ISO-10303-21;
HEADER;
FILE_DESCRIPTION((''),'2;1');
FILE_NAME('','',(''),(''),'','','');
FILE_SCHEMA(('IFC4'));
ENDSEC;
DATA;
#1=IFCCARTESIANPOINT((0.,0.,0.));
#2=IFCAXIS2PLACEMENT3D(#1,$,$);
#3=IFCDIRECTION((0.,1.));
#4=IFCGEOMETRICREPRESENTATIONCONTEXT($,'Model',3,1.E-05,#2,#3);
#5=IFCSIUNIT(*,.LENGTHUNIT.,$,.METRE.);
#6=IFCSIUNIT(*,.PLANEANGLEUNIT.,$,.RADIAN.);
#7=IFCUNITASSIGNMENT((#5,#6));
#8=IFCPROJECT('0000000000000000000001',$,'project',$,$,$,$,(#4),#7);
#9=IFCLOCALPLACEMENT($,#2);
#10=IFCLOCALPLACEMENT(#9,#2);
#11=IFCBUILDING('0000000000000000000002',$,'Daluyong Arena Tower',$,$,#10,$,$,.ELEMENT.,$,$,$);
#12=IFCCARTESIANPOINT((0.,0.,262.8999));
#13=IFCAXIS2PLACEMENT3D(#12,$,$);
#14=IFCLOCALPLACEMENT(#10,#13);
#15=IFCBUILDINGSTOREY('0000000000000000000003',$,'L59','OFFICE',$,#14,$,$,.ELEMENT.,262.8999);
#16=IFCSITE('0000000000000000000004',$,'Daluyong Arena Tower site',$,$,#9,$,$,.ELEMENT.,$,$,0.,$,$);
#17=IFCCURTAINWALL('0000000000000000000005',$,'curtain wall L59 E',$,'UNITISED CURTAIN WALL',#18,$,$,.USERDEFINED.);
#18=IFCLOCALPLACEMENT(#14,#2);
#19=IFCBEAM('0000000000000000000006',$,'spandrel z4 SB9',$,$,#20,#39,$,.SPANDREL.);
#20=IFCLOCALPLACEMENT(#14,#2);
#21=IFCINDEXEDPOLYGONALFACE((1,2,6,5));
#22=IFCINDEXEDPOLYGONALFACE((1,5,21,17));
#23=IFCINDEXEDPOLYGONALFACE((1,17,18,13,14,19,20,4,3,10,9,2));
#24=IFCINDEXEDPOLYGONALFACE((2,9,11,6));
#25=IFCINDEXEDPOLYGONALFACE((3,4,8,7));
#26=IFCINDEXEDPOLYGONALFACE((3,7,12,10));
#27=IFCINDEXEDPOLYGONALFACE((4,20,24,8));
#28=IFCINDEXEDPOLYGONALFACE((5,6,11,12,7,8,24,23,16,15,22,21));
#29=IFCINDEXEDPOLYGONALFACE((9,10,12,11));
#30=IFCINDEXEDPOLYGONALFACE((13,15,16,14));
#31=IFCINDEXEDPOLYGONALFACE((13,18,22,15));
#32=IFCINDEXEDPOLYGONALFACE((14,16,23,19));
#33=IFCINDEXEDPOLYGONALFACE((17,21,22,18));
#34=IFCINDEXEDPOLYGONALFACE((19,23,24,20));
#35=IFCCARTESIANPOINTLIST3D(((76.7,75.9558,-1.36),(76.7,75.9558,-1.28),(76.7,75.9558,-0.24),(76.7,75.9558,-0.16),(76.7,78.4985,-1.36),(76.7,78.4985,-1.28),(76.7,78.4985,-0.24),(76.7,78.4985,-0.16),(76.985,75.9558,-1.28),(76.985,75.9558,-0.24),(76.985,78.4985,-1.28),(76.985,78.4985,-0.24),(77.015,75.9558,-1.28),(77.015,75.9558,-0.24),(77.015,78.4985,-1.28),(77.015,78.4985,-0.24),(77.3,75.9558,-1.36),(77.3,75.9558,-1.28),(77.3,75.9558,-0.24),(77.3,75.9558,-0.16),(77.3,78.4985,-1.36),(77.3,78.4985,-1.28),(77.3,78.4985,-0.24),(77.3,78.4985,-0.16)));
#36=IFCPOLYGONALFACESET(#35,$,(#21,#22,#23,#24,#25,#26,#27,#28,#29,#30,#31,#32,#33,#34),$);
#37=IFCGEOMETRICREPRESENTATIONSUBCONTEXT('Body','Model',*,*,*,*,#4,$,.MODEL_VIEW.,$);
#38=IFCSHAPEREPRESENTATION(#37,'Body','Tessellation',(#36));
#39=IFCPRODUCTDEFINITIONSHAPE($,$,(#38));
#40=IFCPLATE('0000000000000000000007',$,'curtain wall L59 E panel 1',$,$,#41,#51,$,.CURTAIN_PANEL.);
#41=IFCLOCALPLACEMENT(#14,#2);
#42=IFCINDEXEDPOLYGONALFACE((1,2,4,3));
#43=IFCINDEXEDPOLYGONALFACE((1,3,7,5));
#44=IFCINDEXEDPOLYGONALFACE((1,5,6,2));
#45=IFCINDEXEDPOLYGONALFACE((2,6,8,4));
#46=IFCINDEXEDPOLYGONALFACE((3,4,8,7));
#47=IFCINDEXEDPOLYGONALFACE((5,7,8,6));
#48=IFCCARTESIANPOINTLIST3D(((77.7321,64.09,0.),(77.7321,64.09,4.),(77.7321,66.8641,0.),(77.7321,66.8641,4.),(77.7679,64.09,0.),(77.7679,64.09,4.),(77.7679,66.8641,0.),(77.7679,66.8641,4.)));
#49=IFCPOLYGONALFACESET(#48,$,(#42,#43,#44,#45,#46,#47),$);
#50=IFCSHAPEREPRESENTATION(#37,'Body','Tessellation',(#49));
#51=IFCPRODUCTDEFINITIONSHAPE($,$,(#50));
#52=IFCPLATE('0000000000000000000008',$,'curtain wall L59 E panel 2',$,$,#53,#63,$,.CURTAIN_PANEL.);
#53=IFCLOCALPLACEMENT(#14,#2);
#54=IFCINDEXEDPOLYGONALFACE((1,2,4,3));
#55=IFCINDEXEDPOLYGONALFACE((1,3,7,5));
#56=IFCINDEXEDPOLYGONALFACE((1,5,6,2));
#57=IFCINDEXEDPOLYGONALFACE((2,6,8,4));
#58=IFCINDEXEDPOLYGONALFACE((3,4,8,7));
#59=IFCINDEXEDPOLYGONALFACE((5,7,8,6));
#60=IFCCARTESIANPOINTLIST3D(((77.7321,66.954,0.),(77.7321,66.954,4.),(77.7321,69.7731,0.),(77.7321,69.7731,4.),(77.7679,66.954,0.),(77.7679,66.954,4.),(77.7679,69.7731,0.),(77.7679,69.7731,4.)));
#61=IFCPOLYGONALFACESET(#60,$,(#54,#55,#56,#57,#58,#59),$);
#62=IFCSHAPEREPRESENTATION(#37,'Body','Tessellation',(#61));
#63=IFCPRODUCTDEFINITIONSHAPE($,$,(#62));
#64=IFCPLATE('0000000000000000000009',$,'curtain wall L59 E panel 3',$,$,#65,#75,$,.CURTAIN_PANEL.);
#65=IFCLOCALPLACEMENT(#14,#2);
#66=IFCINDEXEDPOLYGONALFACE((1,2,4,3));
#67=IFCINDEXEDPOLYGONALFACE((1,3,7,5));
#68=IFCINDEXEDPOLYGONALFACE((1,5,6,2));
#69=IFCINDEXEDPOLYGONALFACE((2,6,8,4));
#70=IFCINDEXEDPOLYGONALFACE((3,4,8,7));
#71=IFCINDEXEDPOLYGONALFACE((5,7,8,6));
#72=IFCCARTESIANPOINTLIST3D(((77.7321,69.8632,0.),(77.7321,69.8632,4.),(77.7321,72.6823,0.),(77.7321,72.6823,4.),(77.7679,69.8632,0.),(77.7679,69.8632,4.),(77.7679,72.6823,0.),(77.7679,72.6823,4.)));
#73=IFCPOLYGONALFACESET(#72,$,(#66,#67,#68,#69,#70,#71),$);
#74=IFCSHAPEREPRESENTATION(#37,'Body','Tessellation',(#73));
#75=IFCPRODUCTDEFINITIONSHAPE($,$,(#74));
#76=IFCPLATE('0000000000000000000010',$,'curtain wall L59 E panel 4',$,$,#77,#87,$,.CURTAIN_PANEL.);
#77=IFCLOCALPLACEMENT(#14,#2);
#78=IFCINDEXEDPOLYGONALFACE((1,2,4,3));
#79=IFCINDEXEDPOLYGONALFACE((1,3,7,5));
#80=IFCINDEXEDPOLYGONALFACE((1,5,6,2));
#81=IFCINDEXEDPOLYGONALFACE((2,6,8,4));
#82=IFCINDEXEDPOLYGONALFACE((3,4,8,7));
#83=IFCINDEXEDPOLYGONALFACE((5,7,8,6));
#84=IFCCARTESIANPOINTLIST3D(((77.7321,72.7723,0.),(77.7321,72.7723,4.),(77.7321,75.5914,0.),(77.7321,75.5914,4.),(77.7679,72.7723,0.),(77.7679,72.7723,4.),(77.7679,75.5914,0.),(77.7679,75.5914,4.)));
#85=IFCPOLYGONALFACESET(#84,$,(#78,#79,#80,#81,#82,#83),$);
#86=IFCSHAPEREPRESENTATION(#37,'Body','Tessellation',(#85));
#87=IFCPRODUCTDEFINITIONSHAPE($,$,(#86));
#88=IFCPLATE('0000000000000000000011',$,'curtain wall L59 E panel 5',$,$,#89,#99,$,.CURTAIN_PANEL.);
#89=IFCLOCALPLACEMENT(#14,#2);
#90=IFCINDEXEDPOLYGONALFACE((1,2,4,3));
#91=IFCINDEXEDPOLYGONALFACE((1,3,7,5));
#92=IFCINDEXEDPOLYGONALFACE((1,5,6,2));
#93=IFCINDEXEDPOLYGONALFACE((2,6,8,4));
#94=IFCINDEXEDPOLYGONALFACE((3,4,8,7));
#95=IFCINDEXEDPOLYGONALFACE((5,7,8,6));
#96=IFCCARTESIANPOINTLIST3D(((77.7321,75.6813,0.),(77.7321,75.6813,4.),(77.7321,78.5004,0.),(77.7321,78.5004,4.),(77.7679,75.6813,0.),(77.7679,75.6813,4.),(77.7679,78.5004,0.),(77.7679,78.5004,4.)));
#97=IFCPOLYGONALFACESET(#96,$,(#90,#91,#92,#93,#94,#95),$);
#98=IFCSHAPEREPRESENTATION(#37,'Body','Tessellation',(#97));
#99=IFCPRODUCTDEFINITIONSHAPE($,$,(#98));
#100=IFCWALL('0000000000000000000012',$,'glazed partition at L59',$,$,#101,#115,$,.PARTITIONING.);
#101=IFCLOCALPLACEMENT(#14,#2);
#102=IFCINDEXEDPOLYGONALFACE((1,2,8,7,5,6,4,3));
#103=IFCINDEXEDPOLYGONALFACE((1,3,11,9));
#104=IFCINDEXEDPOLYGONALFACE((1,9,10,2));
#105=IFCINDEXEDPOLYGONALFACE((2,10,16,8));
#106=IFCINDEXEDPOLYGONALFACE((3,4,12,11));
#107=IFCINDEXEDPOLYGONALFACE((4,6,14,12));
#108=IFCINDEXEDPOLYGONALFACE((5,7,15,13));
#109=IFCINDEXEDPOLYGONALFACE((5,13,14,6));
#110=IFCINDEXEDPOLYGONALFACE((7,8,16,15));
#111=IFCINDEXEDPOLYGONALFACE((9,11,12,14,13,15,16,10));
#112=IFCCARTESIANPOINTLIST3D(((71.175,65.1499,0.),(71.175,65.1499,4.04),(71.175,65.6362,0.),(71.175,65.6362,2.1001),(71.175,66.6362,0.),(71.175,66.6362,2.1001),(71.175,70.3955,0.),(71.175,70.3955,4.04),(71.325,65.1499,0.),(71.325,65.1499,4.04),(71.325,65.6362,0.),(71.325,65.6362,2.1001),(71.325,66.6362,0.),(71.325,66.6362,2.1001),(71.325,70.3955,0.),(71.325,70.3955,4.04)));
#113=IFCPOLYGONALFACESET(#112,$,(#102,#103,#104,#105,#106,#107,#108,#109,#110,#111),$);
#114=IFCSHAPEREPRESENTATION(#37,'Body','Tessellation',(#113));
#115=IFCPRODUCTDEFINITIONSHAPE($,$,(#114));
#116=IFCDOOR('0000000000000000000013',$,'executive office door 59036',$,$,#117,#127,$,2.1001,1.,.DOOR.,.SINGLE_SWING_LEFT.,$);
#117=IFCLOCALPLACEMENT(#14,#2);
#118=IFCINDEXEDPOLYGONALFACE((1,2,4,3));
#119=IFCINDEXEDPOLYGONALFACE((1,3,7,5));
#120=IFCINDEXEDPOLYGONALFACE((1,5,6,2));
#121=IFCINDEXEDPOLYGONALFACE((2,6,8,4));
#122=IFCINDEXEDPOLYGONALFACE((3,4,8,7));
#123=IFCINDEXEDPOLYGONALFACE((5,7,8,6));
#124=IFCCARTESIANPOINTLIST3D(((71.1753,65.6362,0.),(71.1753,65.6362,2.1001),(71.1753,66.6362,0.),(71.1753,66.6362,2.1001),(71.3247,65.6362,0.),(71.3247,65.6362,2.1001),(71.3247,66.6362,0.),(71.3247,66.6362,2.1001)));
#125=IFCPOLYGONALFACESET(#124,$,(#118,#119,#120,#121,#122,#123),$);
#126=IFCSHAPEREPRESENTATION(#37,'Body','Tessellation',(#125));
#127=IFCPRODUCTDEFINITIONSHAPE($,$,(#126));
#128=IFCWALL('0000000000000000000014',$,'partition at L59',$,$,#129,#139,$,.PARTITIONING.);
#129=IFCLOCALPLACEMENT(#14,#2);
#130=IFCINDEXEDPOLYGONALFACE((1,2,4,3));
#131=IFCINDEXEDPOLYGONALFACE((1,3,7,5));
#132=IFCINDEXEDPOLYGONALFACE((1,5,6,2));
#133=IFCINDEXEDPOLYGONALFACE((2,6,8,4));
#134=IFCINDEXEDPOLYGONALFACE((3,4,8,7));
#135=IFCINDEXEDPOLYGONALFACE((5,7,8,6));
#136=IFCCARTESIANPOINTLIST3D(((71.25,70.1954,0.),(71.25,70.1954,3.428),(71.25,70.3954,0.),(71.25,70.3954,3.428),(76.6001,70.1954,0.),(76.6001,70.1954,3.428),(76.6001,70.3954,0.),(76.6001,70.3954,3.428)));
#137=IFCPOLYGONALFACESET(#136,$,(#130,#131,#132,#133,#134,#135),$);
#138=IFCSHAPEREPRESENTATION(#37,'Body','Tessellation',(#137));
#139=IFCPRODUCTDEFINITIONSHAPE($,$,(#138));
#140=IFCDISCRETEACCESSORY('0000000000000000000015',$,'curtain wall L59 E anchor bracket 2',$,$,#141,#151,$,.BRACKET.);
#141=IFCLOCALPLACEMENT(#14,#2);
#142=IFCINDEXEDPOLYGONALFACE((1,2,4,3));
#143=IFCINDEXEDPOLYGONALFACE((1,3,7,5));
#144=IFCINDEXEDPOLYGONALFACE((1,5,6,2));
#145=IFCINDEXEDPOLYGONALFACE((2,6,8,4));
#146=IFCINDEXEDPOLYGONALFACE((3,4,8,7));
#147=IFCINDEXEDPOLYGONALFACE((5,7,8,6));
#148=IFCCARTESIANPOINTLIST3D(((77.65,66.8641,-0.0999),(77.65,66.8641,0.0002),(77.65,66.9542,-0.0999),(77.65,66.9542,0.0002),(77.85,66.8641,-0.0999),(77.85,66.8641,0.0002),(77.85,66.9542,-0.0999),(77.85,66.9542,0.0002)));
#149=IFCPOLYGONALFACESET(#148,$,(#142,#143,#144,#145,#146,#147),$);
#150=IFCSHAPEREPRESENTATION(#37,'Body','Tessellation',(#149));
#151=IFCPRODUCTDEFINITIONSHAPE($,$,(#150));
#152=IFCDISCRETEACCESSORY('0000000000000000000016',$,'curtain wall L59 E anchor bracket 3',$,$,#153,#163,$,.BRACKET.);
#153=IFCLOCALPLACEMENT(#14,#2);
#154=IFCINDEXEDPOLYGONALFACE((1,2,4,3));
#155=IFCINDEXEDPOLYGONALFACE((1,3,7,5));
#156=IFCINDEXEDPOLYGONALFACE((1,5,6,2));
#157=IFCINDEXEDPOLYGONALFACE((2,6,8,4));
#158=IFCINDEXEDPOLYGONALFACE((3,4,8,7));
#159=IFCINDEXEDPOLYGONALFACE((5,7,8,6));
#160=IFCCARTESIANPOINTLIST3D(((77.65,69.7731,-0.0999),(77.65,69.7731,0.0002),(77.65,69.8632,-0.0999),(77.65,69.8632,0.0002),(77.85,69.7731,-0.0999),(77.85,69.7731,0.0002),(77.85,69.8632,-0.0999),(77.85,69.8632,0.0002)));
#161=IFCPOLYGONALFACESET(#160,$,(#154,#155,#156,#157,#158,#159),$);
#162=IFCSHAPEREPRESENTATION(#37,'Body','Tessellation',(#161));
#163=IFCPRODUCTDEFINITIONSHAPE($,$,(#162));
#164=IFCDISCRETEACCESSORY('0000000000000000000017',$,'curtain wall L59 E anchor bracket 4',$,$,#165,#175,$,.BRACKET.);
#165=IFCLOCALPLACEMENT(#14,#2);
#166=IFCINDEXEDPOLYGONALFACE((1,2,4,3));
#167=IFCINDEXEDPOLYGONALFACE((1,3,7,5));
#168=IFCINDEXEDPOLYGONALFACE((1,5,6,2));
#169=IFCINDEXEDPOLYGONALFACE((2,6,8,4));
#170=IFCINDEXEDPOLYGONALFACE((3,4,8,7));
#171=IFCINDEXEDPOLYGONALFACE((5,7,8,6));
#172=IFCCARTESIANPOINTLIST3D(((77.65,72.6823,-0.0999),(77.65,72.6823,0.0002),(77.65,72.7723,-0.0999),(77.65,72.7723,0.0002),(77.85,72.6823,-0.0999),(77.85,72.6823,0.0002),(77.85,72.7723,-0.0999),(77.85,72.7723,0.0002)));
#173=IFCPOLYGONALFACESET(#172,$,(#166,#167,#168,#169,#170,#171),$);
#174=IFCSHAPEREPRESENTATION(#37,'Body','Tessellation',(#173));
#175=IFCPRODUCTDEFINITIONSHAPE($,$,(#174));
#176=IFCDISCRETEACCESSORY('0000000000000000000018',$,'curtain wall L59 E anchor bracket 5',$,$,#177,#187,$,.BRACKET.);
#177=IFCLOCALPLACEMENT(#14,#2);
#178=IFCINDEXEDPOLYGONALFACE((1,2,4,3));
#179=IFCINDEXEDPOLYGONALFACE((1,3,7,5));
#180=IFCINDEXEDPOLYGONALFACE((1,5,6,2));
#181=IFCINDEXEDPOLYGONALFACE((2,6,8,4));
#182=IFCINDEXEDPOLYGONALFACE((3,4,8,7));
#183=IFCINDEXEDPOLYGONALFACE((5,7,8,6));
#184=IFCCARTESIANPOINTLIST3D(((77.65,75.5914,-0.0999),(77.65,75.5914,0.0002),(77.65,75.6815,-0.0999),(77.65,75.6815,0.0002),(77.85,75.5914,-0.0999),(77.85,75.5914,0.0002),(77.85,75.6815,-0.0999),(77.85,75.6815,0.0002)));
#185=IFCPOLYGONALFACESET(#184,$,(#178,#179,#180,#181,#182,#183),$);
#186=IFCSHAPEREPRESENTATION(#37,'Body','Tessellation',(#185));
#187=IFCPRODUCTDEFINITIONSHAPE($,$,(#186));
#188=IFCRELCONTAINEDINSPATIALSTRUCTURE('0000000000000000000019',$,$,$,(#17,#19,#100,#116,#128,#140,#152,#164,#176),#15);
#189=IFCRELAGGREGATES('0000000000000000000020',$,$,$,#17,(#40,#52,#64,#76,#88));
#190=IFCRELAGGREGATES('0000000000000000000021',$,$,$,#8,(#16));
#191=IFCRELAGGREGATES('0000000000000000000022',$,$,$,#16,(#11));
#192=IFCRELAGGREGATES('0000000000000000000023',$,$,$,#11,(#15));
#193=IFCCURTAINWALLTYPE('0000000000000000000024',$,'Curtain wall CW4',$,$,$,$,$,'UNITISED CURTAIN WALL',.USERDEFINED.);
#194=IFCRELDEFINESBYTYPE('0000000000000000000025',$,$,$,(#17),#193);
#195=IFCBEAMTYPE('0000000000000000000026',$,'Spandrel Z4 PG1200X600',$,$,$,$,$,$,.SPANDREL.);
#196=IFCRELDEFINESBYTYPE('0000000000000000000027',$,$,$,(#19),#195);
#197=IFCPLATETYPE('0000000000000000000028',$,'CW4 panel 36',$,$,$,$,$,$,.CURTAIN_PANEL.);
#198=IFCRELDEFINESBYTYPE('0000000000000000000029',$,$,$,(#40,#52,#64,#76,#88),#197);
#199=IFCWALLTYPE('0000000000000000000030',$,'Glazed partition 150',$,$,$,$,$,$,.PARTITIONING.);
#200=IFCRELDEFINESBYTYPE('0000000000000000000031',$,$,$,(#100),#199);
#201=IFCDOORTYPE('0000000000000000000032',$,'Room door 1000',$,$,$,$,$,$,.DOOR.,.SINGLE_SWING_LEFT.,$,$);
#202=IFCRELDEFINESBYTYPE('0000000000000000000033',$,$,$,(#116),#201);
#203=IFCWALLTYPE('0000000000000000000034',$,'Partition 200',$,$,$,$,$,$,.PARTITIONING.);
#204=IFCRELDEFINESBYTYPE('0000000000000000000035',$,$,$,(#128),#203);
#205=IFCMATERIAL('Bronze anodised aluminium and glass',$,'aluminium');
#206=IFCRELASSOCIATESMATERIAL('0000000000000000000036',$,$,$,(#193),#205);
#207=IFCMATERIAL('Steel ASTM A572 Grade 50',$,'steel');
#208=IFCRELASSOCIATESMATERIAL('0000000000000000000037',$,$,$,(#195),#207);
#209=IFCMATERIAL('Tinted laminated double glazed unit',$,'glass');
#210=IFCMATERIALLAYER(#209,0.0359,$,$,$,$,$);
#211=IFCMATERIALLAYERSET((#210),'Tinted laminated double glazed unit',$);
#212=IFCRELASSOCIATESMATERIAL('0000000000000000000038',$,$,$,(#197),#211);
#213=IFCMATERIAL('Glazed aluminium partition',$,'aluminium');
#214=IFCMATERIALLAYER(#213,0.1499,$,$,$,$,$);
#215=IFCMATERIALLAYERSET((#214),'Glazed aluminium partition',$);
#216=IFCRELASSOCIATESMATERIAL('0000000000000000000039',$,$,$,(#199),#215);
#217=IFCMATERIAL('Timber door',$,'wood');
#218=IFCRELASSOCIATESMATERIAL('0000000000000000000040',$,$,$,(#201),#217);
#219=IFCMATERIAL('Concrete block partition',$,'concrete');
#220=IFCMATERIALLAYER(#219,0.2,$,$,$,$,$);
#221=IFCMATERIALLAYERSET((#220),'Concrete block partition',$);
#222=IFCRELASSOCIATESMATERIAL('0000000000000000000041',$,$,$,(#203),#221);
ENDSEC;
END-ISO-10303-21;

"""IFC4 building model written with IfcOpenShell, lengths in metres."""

from ifc_helpers import new_model, si_unit, direction, frame, frame_2d, origin, origin_2d, place, context, subcontext, project, spatial, rectangle, i_section, extrude, material, layer, layer_set, material_profile, profile_set, type_object, element, fill, aggregate, save


model = new_model("IFC4")

# Units and contexts
model_context = context("Model", 3, precision=1e-05, world=origin(), true_north=direction((0.0, 1.0)))
body_context = subcontext(model_context, "Body", "Model", "MODEL_VIEW")
ifc_project = project(units=[si_unit("LENGTHUNIT", "METRE"), si_unit("PLANEANGLEUNIT", "RADIAN")], contexts=[model_context])

# Site, building, storey
site_placement = place(None, origin())
site = spatial("IfcSite", under=ifc_project, at=site_placement, Name="Daluyong Arena Tower site", CompositionType="ELEMENT", RefElevation=0.0)
building_placement = place(site_placement, origin())
building = spatial("IfcBuilding", under=site, at=building_placement, Name="Daluyong Arena Tower", CompositionType="ELEMENT")
storey_placement = place(building_placement, frame((0.0, 0.0, 262.8999)))
storey = spatial("IfcBuildingStorey", under=building, at=storey_placement, Name="L59", Description="OFFICE", CompositionType="ELEMENT", Elevation=262.8999)

# Curtain wall
ifc_material_1 = material(Name="Bronze anodised aluminium and glass", Category="aluminium")
curtain_wall_type = type_object("IfcCurtainWallType", Name="Curtain wall CW4", ElementType="UNITISED CURTAIN WALL", PredefinedType="USERDEFINED", material=ifc_material_1)
curtain_wall_placement = place(storey_placement, origin())
curtain_wall = element("IfcCurtainWall", 1, at=curtain_wall_placement, inside=storey, type_object=curtain_wall_type, Name="curtain wall L59 E", ObjectType="UNITISED CURTAIN WALL", PredefinedType="USERDEFINED")

# Beam
ifc_material_2 = material(Name="Steel ASTM A572 Grade 50", Category="steel")
ifc_material_profile_1 = material_profile(ifc_material_2, i_section(OverallWidth=0.6001, OverallDepth=1.2, WebThickness=0.03, FlangeThickness=0.08, at=origin_2d()))
ifc_profile_set_1 = profile_set([ifc_material_profile_1], Name="Steel ASTM A572 Grade 50")
beam_type_1 = type_object("IfcBeamType", Name="Spandrel Z4 PG1200X600", PredefinedType="SPANDREL", material=ifc_profile_set_1)
for number, where, z_axis, x_axis, name in (
    (2, (77.0, 75.9558, -0.76), (0.0, 1.0, 0.0), (-1.0, 0.0, 0.0), "spandrel z4 SB9"),
):
    element("IfcBeam", number, at=place(storey_placement, frame(where, z_axis=z_axis, x_axis=x_axis)), inside=storey, type_object=beam_type_1, Name=name, PredefinedType="SPANDREL", context=body_context, shape_type="SweptSolid", body=[
        extrude(i_section(OverallWidth=0.6001, OverallDepth=1.2, WebThickness=0.03, FlangeThickness=0.08, at=origin_2d()), origin(), (0.0, 0.0, 1.0), 2.5427),
    ])

# Plates
ifc_material_3 = material(Name="Tinted laminated double glazed unit", Category="glass")
ifc_layer_1 = layer(ifc_material_3, 0.0359)
ifc_layer_set_1 = layer_set([ifc_layer_1], Name="Tinted laminated double glazed unit")
plate_type = type_object("IfcPlateType", Name="CW4 panel 36", PredefinedType="CURTAIN_PANEL", material=ifc_layer_set_1)
plate_1_placement = place(storey_placement, frame((77.75, 65.4771, 0.0), z_axis=(0.0, 0.0, 1.0), x_axis=(0.0, 1.0, 0.0)))
plate_1 = element("IfcPlate", 3, at=plate_1_placement, type_object=plate_type, Name="curtain wall L59 E panel 1", PredefinedType="CURTAIN_PANEL", context=body_context, shape_type="SweptSolid", body=[
    extrude(rectangle(XDim=2.7742, YDim=0.0359, at=origin_2d()), origin(), (0.0, 0.0, 1.0), 4.0),
])
plate_2_placement = place(storey_placement, frame((77.75, 68.3635, 0.0), z_axis=(0.0, 0.0, 1.0), x_axis=(0.0, 1.0, 0.0)))
plate_2 = element("IfcPlate", 4, at=plate_2_placement, type_object=plate_type, Name="curtain wall L59 E panel 2", PredefinedType="CURTAIN_PANEL", context=body_context, shape_type="SweptSolid", body=[
    extrude(rectangle(XDim=2.8191, YDim=0.0359, at=origin_2d()), origin(), (0.0, 0.0, 1.0), 4.0),
])
plate_3_placement = place(storey_placement, frame((77.75, 71.2727, 0.0), z_axis=(0.0, 0.0, 1.0), x_axis=(0.0, 1.0, 0.0)))
plate_3 = element("IfcPlate", 5, at=plate_3_placement, type_object=plate_type, Name="curtain wall L59 E panel 3", PredefinedType="CURTAIN_PANEL", context=body_context, shape_type="SweptSolid", body=[
    extrude(rectangle(XDim=2.8191, YDim=0.0359, at=origin_2d()), origin(), (0.0, 0.0, 1.0), 4.0),
])
plate_4_placement = place(storey_placement, frame((77.75, 74.1819, 0.0), z_axis=(0.0, 0.0, 1.0), x_axis=(0.0, 1.0, 0.0)))
plate_4 = element("IfcPlate", 6, at=plate_4_placement, type_object=plate_type, Name="curtain wall L59 E panel 4", PredefinedType="CURTAIN_PANEL", context=body_context, shape_type="SweptSolid", body=[
    extrude(rectangle(XDim=2.8191, YDim=0.0359, at=origin_2d()), origin(), (0.0, 0.0, 1.0), 4.0),
])
plate_5_placement = place(storey_placement, frame((77.75, 77.0908, 0.0), z_axis=(0.0, 0.0, 1.0), x_axis=(0.0, 1.0, 0.0)))
plate_5 = element("IfcPlate", 7, at=plate_5_placement, type_object=plate_type, Name="curtain wall L59 E panel 5", PredefinedType="CURTAIN_PANEL", context=body_context, shape_type="SweptSolid", body=[
    extrude(rectangle(XDim=2.8191, YDim=0.0359, at=origin_2d()), origin(), (0.0, 0.0, 1.0), 4.0),
])
aggregate(curtain_wall, [plate_1, plate_2, plate_3, plate_4, plate_5])

# Wall, opening, door
ifc_material_4 = material(Name="Glazed aluminium partition", Category="aluminium")
ifc_layer_2 = layer(ifc_material_4, 0.1499)
ifc_layer_set_2 = layer_set([ifc_layer_2], Name="Glazed aluminium partition")
wall_type_1 = type_object("IfcWallType", Name="Glazed partition 150", PredefinedType="PARTITIONING", material=ifc_layer_set_2)
wall_1_placement = place(storey_placement, frame((71.25, 65.1499, 0.0), z_axis=(0.0, 0.0, 1.0), x_axis=(0.0, 1.0, 0.0)))
wall_1 = element("IfcWall", 8, at=wall_1_placement, inside=storey, type_object=wall_type_1, Name="glazed partition at L59", PredefinedType="PARTITIONING", context=body_context, shape_type="SweptSolid", body=[
    extrude(rectangle(XDim=5.2456, YDim=0.1499, at=frame_2d((2.6228, 0.0))), origin(), (0.0, 0.0, 1.0), 4.04),
])
opening_placement = place(wall_1_placement, frame((0.4863, 0.0, 0.0)))
opening = element("IfcOpeningElement", 9, at=opening_placement, cuts=wall_1, PredefinedType="OPENING", context=body_context, shape_type="SweptSolid", body=[
    extrude(rectangle(XDim=1.0, YDim=2.1001, at=frame_2d((0.5, 1.05))), frame((0.0, 0.085, 0.0), z_axis=(0.0, -1.0, 0.0), x_axis=(1.0, 0.0, 0.0)), (0.0, 0.0, 1.0), 0.1699),
])
ifc_material_5 = material(Name="Timber door", Category="wood")
door_type = type_object("IfcDoorType", Name="Room door 1000", OperationType="SINGLE_SWING_LEFT", PredefinedType="DOOR", material=ifc_material_5)
door_placement = place(opening_placement, origin())
door = element("IfcDoor", 10, at=door_placement, inside=storey, type_object=door_type, Name="executive office door 59036", OperationType="SINGLE_SWING_LEFT", OverallHeight=2.1001, OverallWidth=1.0, PredefinedType="DOOR", context=body_context, shape_type="SweptSolid", body=[
    extrude(rectangle(XDim=1.0, YDim=2.1001, at=frame_2d((0.5, 1.05))), frame((0.0, 0.0747, 0.0), z_axis=(0.0, -1.0, 0.0), x_axis=(1.0, 0.0, 0.0)), (0.0, 0.0, 1.0), 0.1494),
])
fill(opening, door)

# Wall
ifc_material_6 = material(Name="Concrete block partition", Category="concrete")
ifc_layer_3 = layer(ifc_material_6, 0.2)
ifc_layer_set_3 = layer_set([ifc_layer_3], Name="Concrete block partition")
wall_type_2 = type_object("IfcWallType", Name="Partition 200", PredefinedType="PARTITIONING", material=ifc_layer_set_3)
wall_2_placement = place(storey_placement, frame((71.25, 70.2954, 0.0), z_axis=(0.0, 0.0, 1.0), x_axis=(1.0, 0.0, 0.0)))
element("IfcWall", 11, at=wall_2_placement, inside=storey, type_object=wall_type_2, Name="partition at L59", PredefinedType="PARTITIONING", context=body_context, shape_type="SweptSolid", body=[
    extrude(rectangle(XDim=5.3501, YDim=0.2, at=frame_2d((2.675, 0.0))), origin(), (0.0, 0.0, 1.0), 3.428),
])

# Discrete accessories
for number, where, z_axis, x_axis, name in (
    (12, (77.75, 66.9092, -0.0999), (0.0, 0.0, 1.0), (0.0, 1.0, 0.0), "curtain wall L59 E anchor bracket 2"),
    (13, (77.75, 69.8181, -0.0999), (0.0, 0.0, 1.0), (0.0, 1.0, 0.0), "curtain wall L59 E anchor bracket 3"),
    (14, (77.75, 72.7273, -0.0999), (0.0, 0.0, 1.0), (0.0, 1.0, 0.0), "curtain wall L59 E anchor bracket 4"),
    (15, (77.75, 75.6365, -0.0999), (0.0, 0.0, 1.0), (0.0, 1.0, 0.0), "curtain wall L59 E anchor bracket 5"),
):
    element("IfcDiscreteAccessory", number, at=place(storey_placement, frame(where, z_axis=z_axis, x_axis=x_axis)), inside=storey, Name=name, PredefinedType="BRACKET", context=body_context, shape_type="SweptSolid", body=[
        extrude(rectangle(XDim=0.0901, YDim=0.2, at=origin_2d()), origin(), (0.0, 0.0, 1.0), 0.1001),
    ])

save(model, "model.ifc")
